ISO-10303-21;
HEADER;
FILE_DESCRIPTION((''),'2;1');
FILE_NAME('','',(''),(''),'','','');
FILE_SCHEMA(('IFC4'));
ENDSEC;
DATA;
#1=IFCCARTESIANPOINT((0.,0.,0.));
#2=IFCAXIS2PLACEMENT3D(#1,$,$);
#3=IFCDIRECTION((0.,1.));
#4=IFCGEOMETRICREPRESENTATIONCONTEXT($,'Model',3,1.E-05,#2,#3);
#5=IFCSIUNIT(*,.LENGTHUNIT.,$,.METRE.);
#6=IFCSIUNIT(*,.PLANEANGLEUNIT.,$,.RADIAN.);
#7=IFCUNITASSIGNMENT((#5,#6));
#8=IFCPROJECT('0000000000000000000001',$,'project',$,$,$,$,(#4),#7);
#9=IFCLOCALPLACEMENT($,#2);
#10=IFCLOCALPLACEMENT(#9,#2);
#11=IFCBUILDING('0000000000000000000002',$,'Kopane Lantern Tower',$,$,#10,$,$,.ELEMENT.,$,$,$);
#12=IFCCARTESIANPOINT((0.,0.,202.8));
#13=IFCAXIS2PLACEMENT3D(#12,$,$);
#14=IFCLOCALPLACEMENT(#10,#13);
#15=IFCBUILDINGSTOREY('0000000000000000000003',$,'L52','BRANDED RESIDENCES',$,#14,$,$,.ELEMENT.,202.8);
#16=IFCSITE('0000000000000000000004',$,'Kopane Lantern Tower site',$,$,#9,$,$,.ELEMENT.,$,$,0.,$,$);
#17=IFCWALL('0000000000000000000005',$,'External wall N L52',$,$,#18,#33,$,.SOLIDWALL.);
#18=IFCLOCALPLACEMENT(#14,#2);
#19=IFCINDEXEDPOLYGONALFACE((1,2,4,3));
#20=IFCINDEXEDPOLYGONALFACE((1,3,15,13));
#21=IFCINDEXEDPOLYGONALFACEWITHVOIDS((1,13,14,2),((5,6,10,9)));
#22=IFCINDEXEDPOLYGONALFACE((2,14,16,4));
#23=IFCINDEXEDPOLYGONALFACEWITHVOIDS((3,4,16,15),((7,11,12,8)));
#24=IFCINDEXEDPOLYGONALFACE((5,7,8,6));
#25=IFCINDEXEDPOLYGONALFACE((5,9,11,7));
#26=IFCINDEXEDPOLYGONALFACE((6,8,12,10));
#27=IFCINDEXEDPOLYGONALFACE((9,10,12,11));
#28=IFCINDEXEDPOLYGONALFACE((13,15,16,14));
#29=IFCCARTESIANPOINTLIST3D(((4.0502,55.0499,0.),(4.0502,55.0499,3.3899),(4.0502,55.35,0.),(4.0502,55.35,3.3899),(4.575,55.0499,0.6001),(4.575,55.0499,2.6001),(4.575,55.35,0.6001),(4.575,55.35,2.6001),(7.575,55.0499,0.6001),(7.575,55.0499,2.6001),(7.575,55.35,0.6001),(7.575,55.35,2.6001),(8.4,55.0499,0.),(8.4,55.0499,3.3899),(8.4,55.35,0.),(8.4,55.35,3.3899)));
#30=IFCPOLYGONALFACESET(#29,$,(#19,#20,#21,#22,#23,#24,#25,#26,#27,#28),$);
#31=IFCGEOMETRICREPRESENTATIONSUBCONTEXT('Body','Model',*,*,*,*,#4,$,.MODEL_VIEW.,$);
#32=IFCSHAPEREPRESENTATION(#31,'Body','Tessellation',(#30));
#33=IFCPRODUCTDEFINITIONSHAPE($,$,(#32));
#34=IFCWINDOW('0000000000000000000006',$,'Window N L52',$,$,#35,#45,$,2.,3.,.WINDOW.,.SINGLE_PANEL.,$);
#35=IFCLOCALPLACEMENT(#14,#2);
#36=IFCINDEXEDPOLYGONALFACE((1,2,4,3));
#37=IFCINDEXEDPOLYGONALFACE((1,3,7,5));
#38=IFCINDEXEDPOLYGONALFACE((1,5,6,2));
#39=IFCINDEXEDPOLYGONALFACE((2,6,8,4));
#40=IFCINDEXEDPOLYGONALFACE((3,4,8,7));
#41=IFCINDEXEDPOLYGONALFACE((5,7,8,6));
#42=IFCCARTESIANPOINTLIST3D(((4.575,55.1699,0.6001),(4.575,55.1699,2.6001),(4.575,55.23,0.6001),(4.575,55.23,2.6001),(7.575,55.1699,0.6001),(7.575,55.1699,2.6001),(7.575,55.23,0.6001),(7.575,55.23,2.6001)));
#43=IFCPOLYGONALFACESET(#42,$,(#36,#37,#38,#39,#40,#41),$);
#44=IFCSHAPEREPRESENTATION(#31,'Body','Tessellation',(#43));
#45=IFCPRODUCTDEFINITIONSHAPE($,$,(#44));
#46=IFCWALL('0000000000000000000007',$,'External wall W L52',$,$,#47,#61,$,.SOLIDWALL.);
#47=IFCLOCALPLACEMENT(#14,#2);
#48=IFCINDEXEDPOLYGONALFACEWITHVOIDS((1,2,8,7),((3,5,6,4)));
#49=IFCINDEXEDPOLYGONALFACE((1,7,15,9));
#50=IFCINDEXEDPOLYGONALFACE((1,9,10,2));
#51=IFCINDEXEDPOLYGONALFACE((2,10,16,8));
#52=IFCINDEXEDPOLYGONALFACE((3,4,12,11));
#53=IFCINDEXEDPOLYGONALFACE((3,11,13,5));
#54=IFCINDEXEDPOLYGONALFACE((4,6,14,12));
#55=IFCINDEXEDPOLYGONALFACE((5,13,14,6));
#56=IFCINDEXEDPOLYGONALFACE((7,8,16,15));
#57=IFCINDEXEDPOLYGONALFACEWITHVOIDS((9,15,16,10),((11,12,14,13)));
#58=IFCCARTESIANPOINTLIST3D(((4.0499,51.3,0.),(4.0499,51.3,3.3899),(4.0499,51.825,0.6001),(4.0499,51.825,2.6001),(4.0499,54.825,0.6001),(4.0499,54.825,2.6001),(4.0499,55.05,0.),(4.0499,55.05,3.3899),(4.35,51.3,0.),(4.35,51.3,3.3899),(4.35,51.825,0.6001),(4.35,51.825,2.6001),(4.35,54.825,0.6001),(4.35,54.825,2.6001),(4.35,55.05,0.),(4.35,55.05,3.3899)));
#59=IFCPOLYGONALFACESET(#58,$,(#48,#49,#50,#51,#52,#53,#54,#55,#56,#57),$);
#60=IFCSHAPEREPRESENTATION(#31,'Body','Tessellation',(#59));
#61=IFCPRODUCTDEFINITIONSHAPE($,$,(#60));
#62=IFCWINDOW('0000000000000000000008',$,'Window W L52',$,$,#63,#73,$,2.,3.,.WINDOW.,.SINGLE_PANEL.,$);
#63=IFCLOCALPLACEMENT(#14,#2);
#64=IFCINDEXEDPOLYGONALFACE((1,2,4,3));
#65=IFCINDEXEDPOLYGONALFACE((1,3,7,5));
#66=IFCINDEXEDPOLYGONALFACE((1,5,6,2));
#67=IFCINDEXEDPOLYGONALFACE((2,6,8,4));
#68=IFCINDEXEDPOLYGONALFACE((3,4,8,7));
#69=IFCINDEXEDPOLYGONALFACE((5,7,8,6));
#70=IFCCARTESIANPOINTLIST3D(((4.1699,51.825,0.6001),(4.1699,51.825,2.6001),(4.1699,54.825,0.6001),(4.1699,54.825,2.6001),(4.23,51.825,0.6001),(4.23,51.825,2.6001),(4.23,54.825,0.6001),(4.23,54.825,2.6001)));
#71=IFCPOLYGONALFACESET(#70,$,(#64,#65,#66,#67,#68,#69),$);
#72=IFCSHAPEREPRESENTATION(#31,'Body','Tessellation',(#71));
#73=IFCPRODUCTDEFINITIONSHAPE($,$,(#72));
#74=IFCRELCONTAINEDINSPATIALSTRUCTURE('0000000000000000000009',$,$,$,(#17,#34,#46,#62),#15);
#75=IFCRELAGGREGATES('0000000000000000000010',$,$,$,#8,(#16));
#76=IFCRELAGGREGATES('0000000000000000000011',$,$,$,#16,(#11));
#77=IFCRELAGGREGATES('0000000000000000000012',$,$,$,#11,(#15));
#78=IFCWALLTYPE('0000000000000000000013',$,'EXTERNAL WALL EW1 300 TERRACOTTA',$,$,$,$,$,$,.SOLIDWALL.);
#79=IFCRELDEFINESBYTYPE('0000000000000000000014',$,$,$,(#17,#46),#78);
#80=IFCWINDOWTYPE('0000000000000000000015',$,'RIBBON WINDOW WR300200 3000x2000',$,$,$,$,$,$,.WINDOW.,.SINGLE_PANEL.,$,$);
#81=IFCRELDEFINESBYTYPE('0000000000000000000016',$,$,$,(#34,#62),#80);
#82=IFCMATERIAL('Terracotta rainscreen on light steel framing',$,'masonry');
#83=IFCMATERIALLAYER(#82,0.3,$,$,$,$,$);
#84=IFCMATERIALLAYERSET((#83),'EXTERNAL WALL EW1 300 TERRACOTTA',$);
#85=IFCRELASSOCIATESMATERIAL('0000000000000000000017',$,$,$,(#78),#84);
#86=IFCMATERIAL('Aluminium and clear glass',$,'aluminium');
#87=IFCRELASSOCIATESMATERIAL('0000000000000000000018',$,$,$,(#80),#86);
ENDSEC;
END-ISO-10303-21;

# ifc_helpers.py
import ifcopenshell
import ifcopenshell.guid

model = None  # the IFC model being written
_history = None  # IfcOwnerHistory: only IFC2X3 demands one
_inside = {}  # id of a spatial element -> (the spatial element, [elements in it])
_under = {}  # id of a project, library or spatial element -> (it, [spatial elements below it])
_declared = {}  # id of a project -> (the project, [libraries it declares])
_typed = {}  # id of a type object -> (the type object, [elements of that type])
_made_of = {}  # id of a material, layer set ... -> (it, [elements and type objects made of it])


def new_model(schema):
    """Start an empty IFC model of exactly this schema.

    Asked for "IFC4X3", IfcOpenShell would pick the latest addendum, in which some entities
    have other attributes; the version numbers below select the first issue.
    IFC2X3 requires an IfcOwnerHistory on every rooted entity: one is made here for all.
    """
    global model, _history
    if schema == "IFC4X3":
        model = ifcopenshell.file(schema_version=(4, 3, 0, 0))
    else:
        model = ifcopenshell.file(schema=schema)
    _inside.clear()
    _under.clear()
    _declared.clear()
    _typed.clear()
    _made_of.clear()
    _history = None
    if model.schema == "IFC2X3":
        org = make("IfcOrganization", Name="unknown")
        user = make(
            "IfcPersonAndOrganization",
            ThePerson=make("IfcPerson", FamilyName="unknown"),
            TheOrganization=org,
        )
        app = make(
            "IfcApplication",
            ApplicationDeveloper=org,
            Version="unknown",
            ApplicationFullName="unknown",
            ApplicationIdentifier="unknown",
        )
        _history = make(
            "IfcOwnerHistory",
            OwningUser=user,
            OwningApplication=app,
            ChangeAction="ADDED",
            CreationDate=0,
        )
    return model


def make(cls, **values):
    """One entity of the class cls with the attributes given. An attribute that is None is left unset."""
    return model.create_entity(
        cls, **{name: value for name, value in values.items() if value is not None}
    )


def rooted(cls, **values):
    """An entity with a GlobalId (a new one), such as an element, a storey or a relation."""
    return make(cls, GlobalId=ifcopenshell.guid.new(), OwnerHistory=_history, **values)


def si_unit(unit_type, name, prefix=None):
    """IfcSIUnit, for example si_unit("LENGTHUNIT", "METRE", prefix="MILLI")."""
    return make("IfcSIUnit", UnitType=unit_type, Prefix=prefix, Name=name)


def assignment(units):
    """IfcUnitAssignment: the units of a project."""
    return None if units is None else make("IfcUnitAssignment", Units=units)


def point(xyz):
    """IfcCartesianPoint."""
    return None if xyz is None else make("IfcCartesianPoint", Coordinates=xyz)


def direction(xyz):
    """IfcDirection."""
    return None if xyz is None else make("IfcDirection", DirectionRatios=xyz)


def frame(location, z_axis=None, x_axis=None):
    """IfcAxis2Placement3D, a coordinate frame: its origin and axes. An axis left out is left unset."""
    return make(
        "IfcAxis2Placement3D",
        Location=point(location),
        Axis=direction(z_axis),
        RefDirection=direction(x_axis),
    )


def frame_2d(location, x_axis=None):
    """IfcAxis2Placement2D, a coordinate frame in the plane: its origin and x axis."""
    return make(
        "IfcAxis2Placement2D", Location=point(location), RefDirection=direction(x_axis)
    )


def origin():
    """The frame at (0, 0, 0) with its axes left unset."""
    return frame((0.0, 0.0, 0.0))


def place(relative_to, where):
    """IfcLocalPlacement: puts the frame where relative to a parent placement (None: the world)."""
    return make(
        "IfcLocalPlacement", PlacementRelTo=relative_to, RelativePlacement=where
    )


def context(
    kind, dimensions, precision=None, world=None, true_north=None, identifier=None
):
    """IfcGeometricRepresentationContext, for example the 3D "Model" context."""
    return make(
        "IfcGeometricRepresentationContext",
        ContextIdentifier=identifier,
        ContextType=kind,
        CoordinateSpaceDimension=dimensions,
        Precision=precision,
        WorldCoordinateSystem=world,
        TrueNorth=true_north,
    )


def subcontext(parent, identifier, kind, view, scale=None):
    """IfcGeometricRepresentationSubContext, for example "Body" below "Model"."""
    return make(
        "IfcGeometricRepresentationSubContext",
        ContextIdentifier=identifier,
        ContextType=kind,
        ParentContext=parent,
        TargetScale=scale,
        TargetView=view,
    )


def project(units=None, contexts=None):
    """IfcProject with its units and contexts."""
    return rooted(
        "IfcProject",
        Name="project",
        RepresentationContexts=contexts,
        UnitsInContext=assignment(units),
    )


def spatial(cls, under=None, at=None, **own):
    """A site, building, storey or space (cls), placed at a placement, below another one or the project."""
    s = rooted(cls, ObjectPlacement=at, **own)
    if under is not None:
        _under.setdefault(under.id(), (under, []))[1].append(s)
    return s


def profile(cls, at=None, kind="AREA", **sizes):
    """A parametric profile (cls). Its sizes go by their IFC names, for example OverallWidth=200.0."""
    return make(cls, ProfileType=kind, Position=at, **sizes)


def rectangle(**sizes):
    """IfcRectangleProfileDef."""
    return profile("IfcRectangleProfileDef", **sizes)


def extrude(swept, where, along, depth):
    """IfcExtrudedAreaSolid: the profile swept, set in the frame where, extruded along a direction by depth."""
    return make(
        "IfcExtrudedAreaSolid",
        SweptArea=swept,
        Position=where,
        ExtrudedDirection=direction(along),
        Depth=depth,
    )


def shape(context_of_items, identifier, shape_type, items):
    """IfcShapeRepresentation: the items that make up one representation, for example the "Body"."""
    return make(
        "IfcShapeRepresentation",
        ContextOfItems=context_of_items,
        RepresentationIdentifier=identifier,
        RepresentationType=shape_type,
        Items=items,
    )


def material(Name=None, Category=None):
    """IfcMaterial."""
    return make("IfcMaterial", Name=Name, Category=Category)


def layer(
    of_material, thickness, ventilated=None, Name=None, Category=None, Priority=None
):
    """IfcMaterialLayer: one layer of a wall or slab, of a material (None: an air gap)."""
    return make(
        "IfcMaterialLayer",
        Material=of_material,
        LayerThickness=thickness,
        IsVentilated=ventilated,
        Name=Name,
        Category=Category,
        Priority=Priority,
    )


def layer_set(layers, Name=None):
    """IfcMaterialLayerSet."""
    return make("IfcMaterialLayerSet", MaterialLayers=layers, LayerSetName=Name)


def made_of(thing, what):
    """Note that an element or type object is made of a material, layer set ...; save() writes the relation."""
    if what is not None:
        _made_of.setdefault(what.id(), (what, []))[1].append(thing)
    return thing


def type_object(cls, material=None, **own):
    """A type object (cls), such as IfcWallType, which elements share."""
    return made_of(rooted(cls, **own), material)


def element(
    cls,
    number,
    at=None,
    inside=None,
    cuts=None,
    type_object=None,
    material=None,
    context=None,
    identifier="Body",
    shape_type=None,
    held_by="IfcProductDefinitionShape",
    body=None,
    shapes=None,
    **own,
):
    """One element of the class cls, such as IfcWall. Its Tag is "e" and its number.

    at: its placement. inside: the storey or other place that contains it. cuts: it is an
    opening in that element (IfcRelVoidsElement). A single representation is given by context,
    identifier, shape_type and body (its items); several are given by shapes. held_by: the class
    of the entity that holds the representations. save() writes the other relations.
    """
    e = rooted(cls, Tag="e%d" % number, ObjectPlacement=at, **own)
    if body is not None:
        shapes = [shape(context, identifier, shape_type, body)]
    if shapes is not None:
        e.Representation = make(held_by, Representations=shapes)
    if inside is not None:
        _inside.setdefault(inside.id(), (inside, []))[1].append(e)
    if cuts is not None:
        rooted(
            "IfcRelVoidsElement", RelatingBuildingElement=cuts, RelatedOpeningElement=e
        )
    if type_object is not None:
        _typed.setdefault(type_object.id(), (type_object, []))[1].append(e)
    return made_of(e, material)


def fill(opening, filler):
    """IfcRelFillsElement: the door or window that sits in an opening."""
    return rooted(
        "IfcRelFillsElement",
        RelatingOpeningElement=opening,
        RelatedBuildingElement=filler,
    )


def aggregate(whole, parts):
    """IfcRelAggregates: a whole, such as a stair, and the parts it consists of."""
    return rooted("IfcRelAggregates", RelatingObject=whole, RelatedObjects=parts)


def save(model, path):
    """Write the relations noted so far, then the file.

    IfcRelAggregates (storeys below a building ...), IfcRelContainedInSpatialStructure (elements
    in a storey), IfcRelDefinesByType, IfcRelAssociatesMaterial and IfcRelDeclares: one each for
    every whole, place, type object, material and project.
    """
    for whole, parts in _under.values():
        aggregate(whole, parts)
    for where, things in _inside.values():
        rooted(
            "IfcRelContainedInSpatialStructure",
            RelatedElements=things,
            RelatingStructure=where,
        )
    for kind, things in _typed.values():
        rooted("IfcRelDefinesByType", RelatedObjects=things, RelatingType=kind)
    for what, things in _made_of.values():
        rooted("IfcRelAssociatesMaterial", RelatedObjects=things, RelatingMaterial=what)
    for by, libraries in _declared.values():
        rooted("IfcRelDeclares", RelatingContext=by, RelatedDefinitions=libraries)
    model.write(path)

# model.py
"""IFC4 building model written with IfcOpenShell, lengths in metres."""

from ifc_helpers import new_model, si_unit, direction, frame, frame_2d, origin, place, context, subcontext, project, spatial, rectangle, extrude, material, layer, layer_set, type_object, element, fill, save


model = new_model("IFC4")

# Units and contexts
model_context = context("Model", 3, precision=1e-05, world=origin(), true_north=direction((0.0, 1.0)))
body_context = subcontext(model_context, "Body", "Model", "MODEL_VIEW")
ifc_project = project(units=[si_unit("LENGTHUNIT", "METRE"), si_unit("PLANEANGLEUNIT", "RADIAN")], contexts=[model_context])

# Site, building, storey
site_placement = place(None, origin())
site = spatial("IfcSite", under=ifc_project, at=site_placement, Name="Kopane Lantern Tower site", CompositionType="ELEMENT", RefElevation=0.0)
building_placement = place(site_placement, origin())
building = spatial("IfcBuilding", under=site, at=building_placement, Name="Kopane Lantern Tower", CompositionType="ELEMENT")
storey_placement = place(building_placement, frame((0.0, 0.0, 202.8)))
storey = spatial("IfcBuildingStorey", under=building, at=storey_placement, Name="L52", Description="BRANDED RESIDENCES", CompositionType="ELEMENT", Elevation=202.8)

# Walls, openings, windows
ifc_material_1 = material(Name="Terracotta rainscreen on light steel framing", Category="masonry")
ifc_layer_1 = layer(ifc_material_1, 0.3)
ifc_layer_set_1 = layer_set([ifc_layer_1], Name="EXTERNAL WALL EW1 300 TERRACOTTA")
wall_type_1 = type_object("IfcWallType", Name="EXTERNAL WALL EW1 300 TERRACOTTA", PredefinedType="SOLIDWALL", material=ifc_layer_set_1)
ifc_material_2 = material(Name="Aluminium and clear glass", Category="aluminium")
window_type = type_object("IfcWindowType", Name="RIBBON WINDOW WR300200 3000x2000", PartitioningType="SINGLE_PANEL", PredefinedType="WINDOW", material=ifc_material_2)
wall_1_placement = place(storey_placement, frame((8.3999, 55.2, 0.0), z_axis=(0.0, 0.0, 1.0), x_axis=(-1.0, 0.0, 0.0)))
wall_1 = element("IfcWall", 1, at=wall_1_placement, inside=storey, type_object=wall_type_1, Name="External wall N L52", PredefinedType="SOLIDWALL", context=body_context, shape_type="SweptSolid", body=[
    extrude(rectangle(XDim=4.3499, YDim=0.3, at=frame_2d((2.1748, 0.0))), origin(), (0.0, 0.0, 1.0), 3.3899),
])
opening_1_placement = place(wall_1_placement, frame((0.825, 0.0, 0.6001)))
opening_1 = element("IfcOpeningElement", 2, at=opening_1_placement, cuts=wall_1, PredefinedType="OPENING", context=body_context, shape_type="SweptSolid", body=[
    extrude(rectangle(XDim=3.0, YDim=2.0, at=frame_2d((1.5, 1.0))), frame((0.0, 0.1599, 0.0), z_axis=(0.0, -1.0, 0.0), x_axis=(1.0, 0.0, 0.0)), (0.0, 0.0, 1.0), 0.3201),
])
window_1_placement = place(opening_1_placement, origin())
window_1 = element("IfcWindow", 3, at=window_1_placement, inside=storey, type_object=window_type, Name="Window N L52", OverallHeight=2.0, OverallWidth=3.0, PartitioningType="SINGLE_PANEL", PredefinedType="WINDOW", context=body_context, shape_type="SweptSolid", body=[
    extrude(rectangle(XDim=3.0, YDim=2.0, at=frame_2d((1.5, 1.0))), frame((0.0, 0.03, 0.0), z_axis=(0.0, -1.0, 0.0), x_axis=(1.0, 0.0, 0.0)), (0.0, 0.0, 1.0), 0.0601),
])
fill(opening_1, window_1)
wall_2_placement = place(storey_placement, frame((4.2, 55.05, 0.0), z_axis=(0.0, 0.0, 1.0), x_axis=(0.0, -1.0, 0.0)))
wall_2 = element("IfcWall", 4, at=wall_2_placement, inside=storey, type_object=wall_type_1, Name="External wall W L52", PredefinedType="SOLIDWALL", context=body_context, shape_type="SweptSolid", body=[
    extrude(rectangle(XDim=3.75, YDim=0.3, at=frame_2d((1.875, 0.0))), origin(), (0.0, 0.0, 1.0), 3.3899),
])
opening_2_placement = place(wall_2_placement, frame((0.2251, 0.0, 0.6001)))
opening_2 = element("IfcOpeningElement", 5, at=opening_2_placement, cuts=wall_2, PredefinedType="OPENING", context=body_context, shape_type="SweptSolid", body=[
    extrude(rectangle(XDim=3.0, YDim=2.0, at=frame_2d((1.5, 1.0))), frame((0.0, 0.1599, 0.0), z_axis=(0.0, -1.0, 0.0), x_axis=(1.0, 0.0, 0.0)), (0.0, 0.0, 1.0), 0.3201),
])
window_2_placement = place(opening_2_placement, origin())
window_2 = element("IfcWindow", 6, at=window_2_placement, inside=storey, type_object=window_type, Name="Window W L52", OverallHeight=2.0, OverallWidth=3.0, PartitioningType="SINGLE_PANEL", PredefinedType="WINDOW", context=body_context, shape_type="SweptSolid", body=[
    extrude(rectangle(XDim=3.0, YDim=2.0, at=frame_2d((1.5, 1.0))), frame((0.0, 0.03, 0.0), z_axis=(0.0, -1.0, 0.0), x_axis=(1.0, 0.0, 0.0)), (0.0, 0.0, 1.0), 0.0601),
])
fill(opening_2, window_2)

save(model, "model.ifc")
